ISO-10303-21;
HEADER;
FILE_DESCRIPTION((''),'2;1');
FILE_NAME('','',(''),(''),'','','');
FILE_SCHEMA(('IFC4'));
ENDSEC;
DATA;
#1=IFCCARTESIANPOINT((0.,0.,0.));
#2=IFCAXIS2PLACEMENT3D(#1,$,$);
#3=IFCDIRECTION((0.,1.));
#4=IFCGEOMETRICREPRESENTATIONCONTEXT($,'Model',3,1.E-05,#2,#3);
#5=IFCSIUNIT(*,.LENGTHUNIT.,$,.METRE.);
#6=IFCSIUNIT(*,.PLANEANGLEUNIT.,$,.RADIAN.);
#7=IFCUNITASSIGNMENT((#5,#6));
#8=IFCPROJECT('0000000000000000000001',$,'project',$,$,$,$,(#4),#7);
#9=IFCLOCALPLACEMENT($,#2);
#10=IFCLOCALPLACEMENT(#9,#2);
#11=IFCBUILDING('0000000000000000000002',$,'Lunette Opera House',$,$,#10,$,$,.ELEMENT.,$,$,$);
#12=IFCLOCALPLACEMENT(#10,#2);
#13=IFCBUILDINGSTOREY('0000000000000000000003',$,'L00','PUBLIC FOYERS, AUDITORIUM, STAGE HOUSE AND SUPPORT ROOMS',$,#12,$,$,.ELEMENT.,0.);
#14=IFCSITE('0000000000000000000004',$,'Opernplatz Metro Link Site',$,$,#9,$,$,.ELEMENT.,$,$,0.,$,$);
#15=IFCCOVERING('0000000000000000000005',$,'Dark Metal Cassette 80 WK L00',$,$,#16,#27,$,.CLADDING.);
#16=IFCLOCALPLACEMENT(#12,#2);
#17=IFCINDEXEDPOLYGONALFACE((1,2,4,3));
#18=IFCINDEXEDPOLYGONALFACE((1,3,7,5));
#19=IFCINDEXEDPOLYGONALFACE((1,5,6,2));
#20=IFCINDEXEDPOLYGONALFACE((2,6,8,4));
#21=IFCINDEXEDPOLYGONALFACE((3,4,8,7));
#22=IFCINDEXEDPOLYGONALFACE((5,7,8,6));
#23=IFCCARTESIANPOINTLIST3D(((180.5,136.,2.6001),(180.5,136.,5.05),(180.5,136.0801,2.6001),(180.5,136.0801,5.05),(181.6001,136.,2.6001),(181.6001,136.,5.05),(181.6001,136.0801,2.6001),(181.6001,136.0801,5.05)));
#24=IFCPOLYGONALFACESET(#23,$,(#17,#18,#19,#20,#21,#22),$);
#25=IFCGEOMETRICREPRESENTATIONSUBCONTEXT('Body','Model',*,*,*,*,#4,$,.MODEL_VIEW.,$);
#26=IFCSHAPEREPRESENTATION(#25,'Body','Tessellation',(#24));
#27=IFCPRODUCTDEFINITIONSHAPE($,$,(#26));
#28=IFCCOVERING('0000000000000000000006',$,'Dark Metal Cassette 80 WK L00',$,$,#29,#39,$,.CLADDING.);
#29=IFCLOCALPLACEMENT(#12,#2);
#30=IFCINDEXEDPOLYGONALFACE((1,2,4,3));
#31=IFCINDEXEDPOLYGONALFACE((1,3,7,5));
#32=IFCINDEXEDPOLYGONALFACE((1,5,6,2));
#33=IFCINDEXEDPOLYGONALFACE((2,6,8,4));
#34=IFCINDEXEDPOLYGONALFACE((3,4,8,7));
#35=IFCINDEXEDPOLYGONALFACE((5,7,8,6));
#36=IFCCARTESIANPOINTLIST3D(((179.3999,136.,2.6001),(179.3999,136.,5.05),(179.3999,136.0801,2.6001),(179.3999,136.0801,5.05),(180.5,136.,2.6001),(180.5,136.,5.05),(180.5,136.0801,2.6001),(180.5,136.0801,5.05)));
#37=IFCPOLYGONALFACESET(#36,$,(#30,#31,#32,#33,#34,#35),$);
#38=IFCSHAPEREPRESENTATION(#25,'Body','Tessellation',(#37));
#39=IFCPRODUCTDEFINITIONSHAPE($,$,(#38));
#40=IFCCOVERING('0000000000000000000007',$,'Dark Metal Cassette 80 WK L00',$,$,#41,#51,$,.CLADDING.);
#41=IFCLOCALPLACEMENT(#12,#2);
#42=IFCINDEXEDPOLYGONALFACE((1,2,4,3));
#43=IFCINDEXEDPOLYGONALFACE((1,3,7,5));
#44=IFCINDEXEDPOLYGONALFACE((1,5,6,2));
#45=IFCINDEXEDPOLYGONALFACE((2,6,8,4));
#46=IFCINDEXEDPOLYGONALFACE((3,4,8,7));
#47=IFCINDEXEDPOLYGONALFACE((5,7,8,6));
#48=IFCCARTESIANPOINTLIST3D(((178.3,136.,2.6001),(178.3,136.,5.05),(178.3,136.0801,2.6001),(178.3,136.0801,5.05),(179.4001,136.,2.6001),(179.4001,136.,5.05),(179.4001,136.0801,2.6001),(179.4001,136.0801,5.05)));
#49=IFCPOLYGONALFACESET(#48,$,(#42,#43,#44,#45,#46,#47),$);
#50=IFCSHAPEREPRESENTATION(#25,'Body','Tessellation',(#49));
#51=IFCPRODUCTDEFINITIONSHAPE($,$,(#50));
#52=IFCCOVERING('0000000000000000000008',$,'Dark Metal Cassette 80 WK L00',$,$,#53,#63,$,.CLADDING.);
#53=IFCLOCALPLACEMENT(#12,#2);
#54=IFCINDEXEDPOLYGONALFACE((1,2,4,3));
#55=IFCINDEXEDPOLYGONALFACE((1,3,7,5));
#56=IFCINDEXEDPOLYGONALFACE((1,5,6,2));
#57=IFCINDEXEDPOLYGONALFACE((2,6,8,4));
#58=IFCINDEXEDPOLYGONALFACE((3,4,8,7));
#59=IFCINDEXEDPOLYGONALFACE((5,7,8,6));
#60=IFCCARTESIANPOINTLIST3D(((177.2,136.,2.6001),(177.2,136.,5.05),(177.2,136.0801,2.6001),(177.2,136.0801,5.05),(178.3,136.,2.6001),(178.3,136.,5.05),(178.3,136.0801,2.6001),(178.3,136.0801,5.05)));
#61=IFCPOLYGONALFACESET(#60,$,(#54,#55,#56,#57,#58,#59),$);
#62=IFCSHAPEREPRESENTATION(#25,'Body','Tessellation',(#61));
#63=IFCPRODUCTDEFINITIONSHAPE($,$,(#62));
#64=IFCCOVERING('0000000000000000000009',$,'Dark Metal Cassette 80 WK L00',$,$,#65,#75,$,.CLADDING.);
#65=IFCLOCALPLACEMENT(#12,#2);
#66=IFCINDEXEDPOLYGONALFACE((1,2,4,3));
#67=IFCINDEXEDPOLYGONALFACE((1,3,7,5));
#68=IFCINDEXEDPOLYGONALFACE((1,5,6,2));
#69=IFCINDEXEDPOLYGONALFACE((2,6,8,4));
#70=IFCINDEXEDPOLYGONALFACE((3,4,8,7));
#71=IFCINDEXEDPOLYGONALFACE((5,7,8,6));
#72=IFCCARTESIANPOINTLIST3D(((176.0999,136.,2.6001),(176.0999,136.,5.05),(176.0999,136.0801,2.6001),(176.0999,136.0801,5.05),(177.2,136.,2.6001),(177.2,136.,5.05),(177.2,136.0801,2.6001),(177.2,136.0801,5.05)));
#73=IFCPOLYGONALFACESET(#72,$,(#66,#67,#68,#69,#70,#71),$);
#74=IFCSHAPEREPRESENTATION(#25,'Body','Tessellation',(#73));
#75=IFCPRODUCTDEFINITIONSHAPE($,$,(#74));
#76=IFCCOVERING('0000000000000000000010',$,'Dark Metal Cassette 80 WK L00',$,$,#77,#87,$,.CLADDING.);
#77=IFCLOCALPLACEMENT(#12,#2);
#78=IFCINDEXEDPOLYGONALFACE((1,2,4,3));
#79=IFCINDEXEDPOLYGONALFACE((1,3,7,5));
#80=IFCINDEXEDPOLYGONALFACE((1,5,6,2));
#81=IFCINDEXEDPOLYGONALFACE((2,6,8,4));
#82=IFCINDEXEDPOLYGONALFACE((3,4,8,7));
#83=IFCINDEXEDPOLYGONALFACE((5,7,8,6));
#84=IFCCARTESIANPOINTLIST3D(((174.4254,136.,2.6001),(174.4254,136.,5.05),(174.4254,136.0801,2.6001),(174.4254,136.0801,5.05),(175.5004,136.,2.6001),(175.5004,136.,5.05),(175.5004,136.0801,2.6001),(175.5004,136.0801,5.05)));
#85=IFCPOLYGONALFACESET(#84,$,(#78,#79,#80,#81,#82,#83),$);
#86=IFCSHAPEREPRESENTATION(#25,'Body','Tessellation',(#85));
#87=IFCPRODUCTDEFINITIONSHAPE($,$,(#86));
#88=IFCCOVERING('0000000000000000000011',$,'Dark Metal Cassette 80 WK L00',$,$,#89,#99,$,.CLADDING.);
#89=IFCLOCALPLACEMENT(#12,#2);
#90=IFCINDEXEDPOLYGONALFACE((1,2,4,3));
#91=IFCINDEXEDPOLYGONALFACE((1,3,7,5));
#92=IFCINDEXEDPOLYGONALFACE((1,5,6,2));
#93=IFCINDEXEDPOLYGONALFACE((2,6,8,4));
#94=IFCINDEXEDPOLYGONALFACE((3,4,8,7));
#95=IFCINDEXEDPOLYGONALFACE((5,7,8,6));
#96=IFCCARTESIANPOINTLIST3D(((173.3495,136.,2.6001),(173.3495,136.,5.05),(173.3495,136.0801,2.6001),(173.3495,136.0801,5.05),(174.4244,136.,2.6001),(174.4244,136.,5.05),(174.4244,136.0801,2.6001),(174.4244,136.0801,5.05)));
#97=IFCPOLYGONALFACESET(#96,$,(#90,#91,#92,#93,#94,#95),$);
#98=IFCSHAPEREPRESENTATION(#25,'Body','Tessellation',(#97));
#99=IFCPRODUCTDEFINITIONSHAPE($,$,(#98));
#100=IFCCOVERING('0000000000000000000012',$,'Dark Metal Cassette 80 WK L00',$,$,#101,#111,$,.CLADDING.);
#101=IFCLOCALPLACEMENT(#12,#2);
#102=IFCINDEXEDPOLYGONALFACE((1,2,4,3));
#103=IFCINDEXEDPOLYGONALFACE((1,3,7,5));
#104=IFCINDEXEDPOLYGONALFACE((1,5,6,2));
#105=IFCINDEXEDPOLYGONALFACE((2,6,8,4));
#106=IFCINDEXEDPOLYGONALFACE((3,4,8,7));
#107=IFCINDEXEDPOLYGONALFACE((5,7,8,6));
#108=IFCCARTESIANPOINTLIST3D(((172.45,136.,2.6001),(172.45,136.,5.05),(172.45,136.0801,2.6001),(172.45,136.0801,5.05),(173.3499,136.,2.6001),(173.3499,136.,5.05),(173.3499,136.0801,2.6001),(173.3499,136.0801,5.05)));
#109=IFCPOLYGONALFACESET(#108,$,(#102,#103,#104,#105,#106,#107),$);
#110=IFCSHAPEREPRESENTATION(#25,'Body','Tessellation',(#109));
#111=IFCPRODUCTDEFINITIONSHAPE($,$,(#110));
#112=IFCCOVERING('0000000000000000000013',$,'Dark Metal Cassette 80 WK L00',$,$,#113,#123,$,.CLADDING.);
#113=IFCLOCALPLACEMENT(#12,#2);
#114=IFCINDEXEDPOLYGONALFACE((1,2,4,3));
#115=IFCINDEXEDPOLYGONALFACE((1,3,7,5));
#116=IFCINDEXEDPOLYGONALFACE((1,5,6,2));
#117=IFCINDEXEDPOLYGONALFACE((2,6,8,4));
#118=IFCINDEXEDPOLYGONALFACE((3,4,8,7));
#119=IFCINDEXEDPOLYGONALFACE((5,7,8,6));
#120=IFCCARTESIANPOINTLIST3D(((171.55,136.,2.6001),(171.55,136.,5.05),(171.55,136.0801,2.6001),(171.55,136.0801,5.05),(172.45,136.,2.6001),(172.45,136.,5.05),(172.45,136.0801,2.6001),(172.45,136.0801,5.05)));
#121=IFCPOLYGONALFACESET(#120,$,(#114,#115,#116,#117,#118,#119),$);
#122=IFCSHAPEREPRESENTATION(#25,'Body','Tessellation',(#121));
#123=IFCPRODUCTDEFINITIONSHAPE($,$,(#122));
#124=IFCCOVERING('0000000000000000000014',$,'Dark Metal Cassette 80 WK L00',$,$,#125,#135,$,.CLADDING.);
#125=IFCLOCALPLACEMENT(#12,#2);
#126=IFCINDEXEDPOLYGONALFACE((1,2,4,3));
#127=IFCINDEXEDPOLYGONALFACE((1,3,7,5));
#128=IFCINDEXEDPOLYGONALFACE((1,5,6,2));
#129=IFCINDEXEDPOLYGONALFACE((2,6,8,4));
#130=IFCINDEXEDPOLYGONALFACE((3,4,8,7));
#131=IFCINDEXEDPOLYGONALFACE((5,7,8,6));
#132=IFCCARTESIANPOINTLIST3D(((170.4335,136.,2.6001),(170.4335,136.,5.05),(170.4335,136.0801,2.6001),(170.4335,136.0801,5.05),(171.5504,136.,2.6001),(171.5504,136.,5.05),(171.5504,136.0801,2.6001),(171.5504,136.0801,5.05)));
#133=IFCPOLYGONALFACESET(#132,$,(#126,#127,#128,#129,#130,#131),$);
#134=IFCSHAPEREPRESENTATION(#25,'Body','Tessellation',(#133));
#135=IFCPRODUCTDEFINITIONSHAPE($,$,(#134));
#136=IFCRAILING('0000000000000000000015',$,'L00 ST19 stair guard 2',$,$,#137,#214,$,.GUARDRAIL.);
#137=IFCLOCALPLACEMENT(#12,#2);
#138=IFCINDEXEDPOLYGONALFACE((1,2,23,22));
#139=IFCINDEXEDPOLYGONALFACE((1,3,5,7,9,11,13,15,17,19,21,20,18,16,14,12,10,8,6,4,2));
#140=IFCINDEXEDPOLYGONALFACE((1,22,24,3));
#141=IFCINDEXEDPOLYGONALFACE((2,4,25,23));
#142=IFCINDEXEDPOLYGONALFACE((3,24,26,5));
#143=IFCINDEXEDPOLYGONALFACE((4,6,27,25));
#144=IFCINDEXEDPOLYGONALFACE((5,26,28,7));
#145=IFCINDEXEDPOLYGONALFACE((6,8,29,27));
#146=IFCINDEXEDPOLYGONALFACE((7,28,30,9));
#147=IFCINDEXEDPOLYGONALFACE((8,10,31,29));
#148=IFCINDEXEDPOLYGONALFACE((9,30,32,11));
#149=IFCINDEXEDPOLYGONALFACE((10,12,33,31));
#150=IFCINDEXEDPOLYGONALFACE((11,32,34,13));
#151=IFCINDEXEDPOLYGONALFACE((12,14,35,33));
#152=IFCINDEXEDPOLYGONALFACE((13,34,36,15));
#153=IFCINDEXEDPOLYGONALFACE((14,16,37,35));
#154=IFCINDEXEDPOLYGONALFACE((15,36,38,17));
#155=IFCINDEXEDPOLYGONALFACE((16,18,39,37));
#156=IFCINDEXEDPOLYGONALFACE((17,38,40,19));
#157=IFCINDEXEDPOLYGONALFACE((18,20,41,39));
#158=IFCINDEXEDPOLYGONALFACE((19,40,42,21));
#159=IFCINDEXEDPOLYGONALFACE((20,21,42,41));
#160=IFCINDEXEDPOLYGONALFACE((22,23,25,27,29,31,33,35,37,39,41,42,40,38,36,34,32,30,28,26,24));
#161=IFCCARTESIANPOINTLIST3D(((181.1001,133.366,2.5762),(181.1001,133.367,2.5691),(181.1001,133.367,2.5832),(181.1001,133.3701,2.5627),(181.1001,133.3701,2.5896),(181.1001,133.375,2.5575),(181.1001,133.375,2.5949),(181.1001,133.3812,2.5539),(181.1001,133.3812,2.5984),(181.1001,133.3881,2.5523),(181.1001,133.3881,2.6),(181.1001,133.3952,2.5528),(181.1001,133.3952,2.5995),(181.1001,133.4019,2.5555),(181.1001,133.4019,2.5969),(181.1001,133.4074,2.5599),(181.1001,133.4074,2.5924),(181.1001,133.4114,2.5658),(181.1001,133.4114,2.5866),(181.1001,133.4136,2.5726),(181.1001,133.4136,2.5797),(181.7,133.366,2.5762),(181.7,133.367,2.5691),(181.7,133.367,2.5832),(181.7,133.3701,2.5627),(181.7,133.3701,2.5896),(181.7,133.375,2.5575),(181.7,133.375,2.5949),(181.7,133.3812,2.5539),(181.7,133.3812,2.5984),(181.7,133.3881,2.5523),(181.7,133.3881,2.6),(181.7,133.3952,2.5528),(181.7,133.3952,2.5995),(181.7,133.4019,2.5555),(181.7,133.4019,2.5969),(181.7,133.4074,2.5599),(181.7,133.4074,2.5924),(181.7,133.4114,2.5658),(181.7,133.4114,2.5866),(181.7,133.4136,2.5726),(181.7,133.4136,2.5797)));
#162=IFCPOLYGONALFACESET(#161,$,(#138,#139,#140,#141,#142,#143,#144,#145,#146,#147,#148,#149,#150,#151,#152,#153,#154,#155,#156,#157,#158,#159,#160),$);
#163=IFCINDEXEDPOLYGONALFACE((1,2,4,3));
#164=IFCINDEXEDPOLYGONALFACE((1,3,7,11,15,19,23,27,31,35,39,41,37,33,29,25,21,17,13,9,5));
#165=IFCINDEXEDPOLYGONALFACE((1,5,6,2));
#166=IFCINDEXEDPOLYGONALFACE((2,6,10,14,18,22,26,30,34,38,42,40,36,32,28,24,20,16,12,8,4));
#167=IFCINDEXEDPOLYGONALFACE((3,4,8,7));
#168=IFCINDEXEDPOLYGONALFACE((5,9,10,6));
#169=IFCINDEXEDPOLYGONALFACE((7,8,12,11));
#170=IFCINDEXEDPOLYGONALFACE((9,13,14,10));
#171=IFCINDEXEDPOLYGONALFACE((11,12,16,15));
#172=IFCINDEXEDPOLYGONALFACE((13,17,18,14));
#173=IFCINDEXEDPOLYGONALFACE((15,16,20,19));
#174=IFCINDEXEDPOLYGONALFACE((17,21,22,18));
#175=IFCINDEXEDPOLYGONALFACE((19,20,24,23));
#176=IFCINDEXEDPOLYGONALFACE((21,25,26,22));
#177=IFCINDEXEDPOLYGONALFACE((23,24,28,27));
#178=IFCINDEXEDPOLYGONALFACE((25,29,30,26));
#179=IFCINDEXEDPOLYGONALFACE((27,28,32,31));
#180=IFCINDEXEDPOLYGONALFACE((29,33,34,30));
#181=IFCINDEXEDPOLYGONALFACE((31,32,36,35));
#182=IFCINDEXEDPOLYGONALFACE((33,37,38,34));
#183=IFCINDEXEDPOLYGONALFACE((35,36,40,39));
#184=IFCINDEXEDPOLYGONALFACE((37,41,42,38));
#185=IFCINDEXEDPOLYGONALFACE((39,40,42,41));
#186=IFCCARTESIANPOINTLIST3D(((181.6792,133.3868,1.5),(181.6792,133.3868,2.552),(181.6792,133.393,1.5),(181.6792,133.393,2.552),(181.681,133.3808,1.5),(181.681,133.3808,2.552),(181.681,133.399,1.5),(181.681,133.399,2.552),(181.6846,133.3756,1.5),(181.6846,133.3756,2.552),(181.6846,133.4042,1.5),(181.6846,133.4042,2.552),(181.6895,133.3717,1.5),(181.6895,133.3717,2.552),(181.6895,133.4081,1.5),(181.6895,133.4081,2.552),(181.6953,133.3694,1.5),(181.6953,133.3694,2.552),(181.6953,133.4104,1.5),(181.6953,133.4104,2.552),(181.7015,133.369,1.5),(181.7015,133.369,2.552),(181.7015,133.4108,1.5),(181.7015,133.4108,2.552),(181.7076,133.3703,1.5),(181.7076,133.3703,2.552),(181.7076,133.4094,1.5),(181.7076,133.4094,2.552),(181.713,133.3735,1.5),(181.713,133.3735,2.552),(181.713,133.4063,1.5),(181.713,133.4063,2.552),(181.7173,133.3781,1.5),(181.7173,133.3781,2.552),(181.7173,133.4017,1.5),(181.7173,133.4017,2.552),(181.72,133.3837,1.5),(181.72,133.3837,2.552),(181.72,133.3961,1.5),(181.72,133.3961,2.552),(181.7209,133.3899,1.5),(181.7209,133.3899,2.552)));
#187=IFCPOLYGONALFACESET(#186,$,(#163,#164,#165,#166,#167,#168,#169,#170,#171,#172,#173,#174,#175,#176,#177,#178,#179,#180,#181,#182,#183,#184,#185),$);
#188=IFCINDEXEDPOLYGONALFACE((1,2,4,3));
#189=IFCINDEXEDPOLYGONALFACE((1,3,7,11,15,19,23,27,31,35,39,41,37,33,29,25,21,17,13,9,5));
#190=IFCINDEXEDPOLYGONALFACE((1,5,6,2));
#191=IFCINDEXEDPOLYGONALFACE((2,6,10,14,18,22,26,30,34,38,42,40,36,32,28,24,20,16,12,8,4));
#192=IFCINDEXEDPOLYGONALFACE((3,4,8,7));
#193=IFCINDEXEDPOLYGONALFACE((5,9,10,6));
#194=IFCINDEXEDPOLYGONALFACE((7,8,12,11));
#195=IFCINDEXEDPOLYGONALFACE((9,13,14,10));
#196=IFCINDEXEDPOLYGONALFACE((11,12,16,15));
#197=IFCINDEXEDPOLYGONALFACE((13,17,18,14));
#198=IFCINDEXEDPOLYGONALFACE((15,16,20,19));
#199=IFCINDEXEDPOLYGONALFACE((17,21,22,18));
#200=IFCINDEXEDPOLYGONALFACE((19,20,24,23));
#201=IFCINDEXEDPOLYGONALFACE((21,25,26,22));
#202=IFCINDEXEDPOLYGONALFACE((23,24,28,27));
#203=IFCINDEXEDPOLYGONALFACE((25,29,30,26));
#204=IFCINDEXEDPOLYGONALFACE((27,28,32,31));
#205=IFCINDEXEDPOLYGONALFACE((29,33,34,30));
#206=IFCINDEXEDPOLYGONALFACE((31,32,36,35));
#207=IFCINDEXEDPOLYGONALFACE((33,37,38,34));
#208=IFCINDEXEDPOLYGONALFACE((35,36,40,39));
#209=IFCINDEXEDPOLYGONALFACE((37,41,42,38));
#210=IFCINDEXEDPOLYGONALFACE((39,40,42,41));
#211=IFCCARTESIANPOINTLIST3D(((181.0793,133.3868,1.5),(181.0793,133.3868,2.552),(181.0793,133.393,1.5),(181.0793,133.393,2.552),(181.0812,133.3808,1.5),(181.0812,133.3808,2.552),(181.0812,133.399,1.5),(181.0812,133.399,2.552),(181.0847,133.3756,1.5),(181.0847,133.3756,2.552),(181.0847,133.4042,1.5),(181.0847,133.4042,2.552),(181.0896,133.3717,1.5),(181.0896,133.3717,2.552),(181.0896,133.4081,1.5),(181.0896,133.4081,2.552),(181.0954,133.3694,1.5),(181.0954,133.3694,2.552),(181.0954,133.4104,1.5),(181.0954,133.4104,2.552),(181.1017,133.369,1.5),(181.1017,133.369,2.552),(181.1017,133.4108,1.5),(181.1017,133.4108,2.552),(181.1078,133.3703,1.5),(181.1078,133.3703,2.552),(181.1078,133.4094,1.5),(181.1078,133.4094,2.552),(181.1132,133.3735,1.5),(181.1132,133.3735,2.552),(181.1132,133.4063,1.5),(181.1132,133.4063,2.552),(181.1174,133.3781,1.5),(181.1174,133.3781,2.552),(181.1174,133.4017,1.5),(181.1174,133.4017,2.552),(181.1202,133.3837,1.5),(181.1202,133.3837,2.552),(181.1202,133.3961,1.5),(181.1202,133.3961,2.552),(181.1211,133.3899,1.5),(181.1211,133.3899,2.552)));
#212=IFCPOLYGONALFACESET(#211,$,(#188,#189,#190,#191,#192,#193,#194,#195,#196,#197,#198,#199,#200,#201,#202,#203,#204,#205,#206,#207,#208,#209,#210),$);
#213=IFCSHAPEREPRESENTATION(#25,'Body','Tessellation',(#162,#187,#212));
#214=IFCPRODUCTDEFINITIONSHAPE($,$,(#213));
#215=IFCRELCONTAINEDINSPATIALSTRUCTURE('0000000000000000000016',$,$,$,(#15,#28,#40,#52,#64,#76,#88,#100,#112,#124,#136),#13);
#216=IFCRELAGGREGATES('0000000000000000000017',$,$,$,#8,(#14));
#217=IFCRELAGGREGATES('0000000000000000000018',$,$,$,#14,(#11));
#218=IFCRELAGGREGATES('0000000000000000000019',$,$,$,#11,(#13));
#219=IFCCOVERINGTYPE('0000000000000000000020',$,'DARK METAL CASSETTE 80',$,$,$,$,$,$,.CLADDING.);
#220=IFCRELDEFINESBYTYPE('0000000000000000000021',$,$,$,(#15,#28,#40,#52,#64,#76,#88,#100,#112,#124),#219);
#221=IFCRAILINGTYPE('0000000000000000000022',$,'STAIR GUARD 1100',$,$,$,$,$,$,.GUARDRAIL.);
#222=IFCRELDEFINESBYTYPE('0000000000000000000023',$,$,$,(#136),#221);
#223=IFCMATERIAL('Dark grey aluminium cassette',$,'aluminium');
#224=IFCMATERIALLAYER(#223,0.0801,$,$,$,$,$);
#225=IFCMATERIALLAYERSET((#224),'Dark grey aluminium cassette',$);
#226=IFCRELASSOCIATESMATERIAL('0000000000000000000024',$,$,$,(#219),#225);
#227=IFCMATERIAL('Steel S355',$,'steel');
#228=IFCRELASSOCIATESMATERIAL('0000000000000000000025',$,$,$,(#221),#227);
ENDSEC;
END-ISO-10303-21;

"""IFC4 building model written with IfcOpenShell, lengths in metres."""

from ifc_helpers import new_model, si_unit, direction, frame, origin, origin_2d, place, context, subcontext, project, spatial, rectangle, circle, extrude, material, layer, layer_set, type_object, element, save


model = new_model("IFC4")

# Units and contexts
model_context = context("Model", 3, precision=1e-05, world=origin(), true_north=direction((0.0, 1.0)))
body_context = subcontext(model_context, "Body", "Model", "MODEL_VIEW")
ifc_project = project(units=[si_unit("LENGTHUNIT", "METRE"), si_unit("PLANEANGLEUNIT", "RADIAN")], contexts=[model_context])

# Site, building, storey
site_placement = place(None, origin())
site = spatial("IfcSite", under=ifc_project, at=site_placement, Name="Opernplatz Metro Link Site", CompositionType="ELEMENT", RefElevation=0.0)
building_placement = place(site_placement, origin())
building = spatial("IfcBuilding", under=site, at=building_placement, Name="Lunette Opera House", CompositionType="ELEMENT")
storey_placement = place(building_placement, origin())
storey = spatial("IfcBuildingStorey", under=building, at=storey_placement, Name="L00", Description="PUBLIC FOYERS, AUDITORIUM, STAGE HOUSE AND SUPPORT ROOMS", CompositionType="ELEMENT", Elevation=0.0)

# Coverings
ifc_material_1 = material(Name="Dark grey aluminium cassette", Category="aluminium")
ifc_layer_1 = layer(ifc_material_1, 0.0801)
ifc_layer_set_1 = layer_set([ifc_layer_1], Name="Dark grey aluminium cassette")
covering_type_1 = type_object("IfcCoveringType", Name="DARK METAL CASSETTE 80", PredefinedType="CLADDING", material=ifc_layer_set_1)
for number, where, z_axis, x_axis, name in (
    (1, (181.05, 136.04, 2.6001), (0.0, 0.0, 1.0), (-1.0, 0.0, 0.0), "Dark Metal Cassette 80 WK L00"),
    (2, (179.95, 136.04, 2.6001), (0.0, 0.0, 1.0), (-1.0, 0.0, 0.0), "Dark Metal Cassette 80 WK L00"),
    (3, (178.8501, 136.04, 2.6001), (0.0, 0.0, 1.0), (-1.0, 0.0, 0.0), "Dark Metal Cassette 80 WK L00"),
    (4, (177.75, 136.04, 2.6001), (0.0, 0.0, 1.0), (-1.0, 0.0, 0.0), "Dark Metal Cassette 80 WK L00"),
    (5, (176.6499, 136.04, 2.6001), (0.0, 0.0, 1.0), (-1.0, 0.0, 0.0), "Dark Metal Cassette 80 WK L00"),
):
    element("IfcCovering", number, at=place(storey_placement, frame(where, z_axis=z_axis, x_axis=x_axis)), inside=storey, type_object=covering_type_1, Name=name, PredefinedType="CLADDING", context=body_context, shape_type="SweptSolid", body=[
        extrude(rectangle(XDim=1.1001, YDim=0.0801, at=origin_2d()), origin(), (0.0, 0.0, 1.0), 2.45),
    ])
for number, where, z_axis, x_axis, name in (
    (6, (174.9629, 136.04, 2.6001), (0.0, 0.0, 1.0), (-1.0, 0.0, 0.0), "Dark Metal Cassette 80 WK L00"),
    (7, (173.887, 136.04, 2.6001), (0.0, 0.0, 1.0), (-1.0, 0.0, 0.0), "Dark Metal Cassette 80 WK L00"),
):
    element("IfcCovering", number, at=place(storey_placement, frame(where, z_axis=z_axis, x_axis=x_axis)), inside=storey, type_object=covering_type_1, Name=name, PredefinedType="CLADDING", context=body_context, shape_type="SweptSolid", body=[
        extrude(rectangle(XDim=1.075, YDim=0.0801, at=origin_2d()), origin(), (0.0, 0.0, 1.0), 2.45),
    ])
for number, where, z_axis, x_axis, name in (
    (8, (172.8999, 136.04, 2.6001), (0.0, 0.0, 1.0), (-1.0, 0.0, 0.0), "Dark Metal Cassette 80 WK L00"),
    (9, (172.0, 136.04, 2.6001), (0.0, 0.0, 1.0), (-1.0, 0.0, 0.0), "Dark Metal Cassette 80 WK L00"),
):
    element("IfcCovering", number, at=place(storey_placement, frame(where, z_axis=z_axis, x_axis=x_axis)), inside=storey, type_object=covering_type_1, Name=name, PredefinedType="CLADDING", context=body_context, shape_type="SweptSolid", body=[
        extrude(rectangle(XDim=0.8999, YDim=0.0801, at=origin_2d()), origin(), (0.0, 0.0, 1.0), 2.45),
    ])
covering_1_placement = place(storey_placement, frame((170.9919, 136.04, 2.6001), z_axis=(0.0, 0.0, 1.0), x_axis=(-1.0, 0.0, 0.0)))
element("IfcCovering", 10, at=covering_1_placement, inside=storey, type_object=covering_type_1, Name="Dark Metal Cassette 80 WK L00", PredefinedType="CLADDING", context=body_context, shape_type="SweptSolid", body=[
    extrude(rectangle(XDim=1.1169, YDim=0.0801, at=origin_2d()), origin(), (0.0, 0.0, 1.0), 2.45),
])

# Railing
ifc_material_2 = material(Name="Steel S355", Category="steel")
railing_type_1 = type_object("IfcRailingType", Name="STAIR GUARD 1100", PredefinedType="GUARDRAIL", material=ifc_material_2)
railing_1_placement = place(storey_placement, frame((181.7, 133.3899, 1.5)))
element("IfcRailing", 11, at=railing_1_placement, inside=storey, type_object=railing_type_1, Name="L00 ST19 stair guard 2", PredefinedType="GUARDRAIL", context=body_context, shape_type="SweptSolid", body=[
    extrude(circle(Radius=0.0239, at=origin_2d()), frame((0.0, 0.0, 1.0762), z_axis=(-1.0, 0.0, 0.0), x_axis=(0.0, -1.0, 0.0)), (0.0, 0.0, 1.0), 0.5999),
    extrude(circle(Radius=0.021, at=origin_2d()), origin(), (0.0, 0.0, 1.0), 1.052),
    extrude(circle(Radius=0.021, at=origin_2d()), frame((-0.5999, 0.0, 0.0)), (0.0, 0.0, 1.0), 1.052),
])

save(model, "model.ifc")
